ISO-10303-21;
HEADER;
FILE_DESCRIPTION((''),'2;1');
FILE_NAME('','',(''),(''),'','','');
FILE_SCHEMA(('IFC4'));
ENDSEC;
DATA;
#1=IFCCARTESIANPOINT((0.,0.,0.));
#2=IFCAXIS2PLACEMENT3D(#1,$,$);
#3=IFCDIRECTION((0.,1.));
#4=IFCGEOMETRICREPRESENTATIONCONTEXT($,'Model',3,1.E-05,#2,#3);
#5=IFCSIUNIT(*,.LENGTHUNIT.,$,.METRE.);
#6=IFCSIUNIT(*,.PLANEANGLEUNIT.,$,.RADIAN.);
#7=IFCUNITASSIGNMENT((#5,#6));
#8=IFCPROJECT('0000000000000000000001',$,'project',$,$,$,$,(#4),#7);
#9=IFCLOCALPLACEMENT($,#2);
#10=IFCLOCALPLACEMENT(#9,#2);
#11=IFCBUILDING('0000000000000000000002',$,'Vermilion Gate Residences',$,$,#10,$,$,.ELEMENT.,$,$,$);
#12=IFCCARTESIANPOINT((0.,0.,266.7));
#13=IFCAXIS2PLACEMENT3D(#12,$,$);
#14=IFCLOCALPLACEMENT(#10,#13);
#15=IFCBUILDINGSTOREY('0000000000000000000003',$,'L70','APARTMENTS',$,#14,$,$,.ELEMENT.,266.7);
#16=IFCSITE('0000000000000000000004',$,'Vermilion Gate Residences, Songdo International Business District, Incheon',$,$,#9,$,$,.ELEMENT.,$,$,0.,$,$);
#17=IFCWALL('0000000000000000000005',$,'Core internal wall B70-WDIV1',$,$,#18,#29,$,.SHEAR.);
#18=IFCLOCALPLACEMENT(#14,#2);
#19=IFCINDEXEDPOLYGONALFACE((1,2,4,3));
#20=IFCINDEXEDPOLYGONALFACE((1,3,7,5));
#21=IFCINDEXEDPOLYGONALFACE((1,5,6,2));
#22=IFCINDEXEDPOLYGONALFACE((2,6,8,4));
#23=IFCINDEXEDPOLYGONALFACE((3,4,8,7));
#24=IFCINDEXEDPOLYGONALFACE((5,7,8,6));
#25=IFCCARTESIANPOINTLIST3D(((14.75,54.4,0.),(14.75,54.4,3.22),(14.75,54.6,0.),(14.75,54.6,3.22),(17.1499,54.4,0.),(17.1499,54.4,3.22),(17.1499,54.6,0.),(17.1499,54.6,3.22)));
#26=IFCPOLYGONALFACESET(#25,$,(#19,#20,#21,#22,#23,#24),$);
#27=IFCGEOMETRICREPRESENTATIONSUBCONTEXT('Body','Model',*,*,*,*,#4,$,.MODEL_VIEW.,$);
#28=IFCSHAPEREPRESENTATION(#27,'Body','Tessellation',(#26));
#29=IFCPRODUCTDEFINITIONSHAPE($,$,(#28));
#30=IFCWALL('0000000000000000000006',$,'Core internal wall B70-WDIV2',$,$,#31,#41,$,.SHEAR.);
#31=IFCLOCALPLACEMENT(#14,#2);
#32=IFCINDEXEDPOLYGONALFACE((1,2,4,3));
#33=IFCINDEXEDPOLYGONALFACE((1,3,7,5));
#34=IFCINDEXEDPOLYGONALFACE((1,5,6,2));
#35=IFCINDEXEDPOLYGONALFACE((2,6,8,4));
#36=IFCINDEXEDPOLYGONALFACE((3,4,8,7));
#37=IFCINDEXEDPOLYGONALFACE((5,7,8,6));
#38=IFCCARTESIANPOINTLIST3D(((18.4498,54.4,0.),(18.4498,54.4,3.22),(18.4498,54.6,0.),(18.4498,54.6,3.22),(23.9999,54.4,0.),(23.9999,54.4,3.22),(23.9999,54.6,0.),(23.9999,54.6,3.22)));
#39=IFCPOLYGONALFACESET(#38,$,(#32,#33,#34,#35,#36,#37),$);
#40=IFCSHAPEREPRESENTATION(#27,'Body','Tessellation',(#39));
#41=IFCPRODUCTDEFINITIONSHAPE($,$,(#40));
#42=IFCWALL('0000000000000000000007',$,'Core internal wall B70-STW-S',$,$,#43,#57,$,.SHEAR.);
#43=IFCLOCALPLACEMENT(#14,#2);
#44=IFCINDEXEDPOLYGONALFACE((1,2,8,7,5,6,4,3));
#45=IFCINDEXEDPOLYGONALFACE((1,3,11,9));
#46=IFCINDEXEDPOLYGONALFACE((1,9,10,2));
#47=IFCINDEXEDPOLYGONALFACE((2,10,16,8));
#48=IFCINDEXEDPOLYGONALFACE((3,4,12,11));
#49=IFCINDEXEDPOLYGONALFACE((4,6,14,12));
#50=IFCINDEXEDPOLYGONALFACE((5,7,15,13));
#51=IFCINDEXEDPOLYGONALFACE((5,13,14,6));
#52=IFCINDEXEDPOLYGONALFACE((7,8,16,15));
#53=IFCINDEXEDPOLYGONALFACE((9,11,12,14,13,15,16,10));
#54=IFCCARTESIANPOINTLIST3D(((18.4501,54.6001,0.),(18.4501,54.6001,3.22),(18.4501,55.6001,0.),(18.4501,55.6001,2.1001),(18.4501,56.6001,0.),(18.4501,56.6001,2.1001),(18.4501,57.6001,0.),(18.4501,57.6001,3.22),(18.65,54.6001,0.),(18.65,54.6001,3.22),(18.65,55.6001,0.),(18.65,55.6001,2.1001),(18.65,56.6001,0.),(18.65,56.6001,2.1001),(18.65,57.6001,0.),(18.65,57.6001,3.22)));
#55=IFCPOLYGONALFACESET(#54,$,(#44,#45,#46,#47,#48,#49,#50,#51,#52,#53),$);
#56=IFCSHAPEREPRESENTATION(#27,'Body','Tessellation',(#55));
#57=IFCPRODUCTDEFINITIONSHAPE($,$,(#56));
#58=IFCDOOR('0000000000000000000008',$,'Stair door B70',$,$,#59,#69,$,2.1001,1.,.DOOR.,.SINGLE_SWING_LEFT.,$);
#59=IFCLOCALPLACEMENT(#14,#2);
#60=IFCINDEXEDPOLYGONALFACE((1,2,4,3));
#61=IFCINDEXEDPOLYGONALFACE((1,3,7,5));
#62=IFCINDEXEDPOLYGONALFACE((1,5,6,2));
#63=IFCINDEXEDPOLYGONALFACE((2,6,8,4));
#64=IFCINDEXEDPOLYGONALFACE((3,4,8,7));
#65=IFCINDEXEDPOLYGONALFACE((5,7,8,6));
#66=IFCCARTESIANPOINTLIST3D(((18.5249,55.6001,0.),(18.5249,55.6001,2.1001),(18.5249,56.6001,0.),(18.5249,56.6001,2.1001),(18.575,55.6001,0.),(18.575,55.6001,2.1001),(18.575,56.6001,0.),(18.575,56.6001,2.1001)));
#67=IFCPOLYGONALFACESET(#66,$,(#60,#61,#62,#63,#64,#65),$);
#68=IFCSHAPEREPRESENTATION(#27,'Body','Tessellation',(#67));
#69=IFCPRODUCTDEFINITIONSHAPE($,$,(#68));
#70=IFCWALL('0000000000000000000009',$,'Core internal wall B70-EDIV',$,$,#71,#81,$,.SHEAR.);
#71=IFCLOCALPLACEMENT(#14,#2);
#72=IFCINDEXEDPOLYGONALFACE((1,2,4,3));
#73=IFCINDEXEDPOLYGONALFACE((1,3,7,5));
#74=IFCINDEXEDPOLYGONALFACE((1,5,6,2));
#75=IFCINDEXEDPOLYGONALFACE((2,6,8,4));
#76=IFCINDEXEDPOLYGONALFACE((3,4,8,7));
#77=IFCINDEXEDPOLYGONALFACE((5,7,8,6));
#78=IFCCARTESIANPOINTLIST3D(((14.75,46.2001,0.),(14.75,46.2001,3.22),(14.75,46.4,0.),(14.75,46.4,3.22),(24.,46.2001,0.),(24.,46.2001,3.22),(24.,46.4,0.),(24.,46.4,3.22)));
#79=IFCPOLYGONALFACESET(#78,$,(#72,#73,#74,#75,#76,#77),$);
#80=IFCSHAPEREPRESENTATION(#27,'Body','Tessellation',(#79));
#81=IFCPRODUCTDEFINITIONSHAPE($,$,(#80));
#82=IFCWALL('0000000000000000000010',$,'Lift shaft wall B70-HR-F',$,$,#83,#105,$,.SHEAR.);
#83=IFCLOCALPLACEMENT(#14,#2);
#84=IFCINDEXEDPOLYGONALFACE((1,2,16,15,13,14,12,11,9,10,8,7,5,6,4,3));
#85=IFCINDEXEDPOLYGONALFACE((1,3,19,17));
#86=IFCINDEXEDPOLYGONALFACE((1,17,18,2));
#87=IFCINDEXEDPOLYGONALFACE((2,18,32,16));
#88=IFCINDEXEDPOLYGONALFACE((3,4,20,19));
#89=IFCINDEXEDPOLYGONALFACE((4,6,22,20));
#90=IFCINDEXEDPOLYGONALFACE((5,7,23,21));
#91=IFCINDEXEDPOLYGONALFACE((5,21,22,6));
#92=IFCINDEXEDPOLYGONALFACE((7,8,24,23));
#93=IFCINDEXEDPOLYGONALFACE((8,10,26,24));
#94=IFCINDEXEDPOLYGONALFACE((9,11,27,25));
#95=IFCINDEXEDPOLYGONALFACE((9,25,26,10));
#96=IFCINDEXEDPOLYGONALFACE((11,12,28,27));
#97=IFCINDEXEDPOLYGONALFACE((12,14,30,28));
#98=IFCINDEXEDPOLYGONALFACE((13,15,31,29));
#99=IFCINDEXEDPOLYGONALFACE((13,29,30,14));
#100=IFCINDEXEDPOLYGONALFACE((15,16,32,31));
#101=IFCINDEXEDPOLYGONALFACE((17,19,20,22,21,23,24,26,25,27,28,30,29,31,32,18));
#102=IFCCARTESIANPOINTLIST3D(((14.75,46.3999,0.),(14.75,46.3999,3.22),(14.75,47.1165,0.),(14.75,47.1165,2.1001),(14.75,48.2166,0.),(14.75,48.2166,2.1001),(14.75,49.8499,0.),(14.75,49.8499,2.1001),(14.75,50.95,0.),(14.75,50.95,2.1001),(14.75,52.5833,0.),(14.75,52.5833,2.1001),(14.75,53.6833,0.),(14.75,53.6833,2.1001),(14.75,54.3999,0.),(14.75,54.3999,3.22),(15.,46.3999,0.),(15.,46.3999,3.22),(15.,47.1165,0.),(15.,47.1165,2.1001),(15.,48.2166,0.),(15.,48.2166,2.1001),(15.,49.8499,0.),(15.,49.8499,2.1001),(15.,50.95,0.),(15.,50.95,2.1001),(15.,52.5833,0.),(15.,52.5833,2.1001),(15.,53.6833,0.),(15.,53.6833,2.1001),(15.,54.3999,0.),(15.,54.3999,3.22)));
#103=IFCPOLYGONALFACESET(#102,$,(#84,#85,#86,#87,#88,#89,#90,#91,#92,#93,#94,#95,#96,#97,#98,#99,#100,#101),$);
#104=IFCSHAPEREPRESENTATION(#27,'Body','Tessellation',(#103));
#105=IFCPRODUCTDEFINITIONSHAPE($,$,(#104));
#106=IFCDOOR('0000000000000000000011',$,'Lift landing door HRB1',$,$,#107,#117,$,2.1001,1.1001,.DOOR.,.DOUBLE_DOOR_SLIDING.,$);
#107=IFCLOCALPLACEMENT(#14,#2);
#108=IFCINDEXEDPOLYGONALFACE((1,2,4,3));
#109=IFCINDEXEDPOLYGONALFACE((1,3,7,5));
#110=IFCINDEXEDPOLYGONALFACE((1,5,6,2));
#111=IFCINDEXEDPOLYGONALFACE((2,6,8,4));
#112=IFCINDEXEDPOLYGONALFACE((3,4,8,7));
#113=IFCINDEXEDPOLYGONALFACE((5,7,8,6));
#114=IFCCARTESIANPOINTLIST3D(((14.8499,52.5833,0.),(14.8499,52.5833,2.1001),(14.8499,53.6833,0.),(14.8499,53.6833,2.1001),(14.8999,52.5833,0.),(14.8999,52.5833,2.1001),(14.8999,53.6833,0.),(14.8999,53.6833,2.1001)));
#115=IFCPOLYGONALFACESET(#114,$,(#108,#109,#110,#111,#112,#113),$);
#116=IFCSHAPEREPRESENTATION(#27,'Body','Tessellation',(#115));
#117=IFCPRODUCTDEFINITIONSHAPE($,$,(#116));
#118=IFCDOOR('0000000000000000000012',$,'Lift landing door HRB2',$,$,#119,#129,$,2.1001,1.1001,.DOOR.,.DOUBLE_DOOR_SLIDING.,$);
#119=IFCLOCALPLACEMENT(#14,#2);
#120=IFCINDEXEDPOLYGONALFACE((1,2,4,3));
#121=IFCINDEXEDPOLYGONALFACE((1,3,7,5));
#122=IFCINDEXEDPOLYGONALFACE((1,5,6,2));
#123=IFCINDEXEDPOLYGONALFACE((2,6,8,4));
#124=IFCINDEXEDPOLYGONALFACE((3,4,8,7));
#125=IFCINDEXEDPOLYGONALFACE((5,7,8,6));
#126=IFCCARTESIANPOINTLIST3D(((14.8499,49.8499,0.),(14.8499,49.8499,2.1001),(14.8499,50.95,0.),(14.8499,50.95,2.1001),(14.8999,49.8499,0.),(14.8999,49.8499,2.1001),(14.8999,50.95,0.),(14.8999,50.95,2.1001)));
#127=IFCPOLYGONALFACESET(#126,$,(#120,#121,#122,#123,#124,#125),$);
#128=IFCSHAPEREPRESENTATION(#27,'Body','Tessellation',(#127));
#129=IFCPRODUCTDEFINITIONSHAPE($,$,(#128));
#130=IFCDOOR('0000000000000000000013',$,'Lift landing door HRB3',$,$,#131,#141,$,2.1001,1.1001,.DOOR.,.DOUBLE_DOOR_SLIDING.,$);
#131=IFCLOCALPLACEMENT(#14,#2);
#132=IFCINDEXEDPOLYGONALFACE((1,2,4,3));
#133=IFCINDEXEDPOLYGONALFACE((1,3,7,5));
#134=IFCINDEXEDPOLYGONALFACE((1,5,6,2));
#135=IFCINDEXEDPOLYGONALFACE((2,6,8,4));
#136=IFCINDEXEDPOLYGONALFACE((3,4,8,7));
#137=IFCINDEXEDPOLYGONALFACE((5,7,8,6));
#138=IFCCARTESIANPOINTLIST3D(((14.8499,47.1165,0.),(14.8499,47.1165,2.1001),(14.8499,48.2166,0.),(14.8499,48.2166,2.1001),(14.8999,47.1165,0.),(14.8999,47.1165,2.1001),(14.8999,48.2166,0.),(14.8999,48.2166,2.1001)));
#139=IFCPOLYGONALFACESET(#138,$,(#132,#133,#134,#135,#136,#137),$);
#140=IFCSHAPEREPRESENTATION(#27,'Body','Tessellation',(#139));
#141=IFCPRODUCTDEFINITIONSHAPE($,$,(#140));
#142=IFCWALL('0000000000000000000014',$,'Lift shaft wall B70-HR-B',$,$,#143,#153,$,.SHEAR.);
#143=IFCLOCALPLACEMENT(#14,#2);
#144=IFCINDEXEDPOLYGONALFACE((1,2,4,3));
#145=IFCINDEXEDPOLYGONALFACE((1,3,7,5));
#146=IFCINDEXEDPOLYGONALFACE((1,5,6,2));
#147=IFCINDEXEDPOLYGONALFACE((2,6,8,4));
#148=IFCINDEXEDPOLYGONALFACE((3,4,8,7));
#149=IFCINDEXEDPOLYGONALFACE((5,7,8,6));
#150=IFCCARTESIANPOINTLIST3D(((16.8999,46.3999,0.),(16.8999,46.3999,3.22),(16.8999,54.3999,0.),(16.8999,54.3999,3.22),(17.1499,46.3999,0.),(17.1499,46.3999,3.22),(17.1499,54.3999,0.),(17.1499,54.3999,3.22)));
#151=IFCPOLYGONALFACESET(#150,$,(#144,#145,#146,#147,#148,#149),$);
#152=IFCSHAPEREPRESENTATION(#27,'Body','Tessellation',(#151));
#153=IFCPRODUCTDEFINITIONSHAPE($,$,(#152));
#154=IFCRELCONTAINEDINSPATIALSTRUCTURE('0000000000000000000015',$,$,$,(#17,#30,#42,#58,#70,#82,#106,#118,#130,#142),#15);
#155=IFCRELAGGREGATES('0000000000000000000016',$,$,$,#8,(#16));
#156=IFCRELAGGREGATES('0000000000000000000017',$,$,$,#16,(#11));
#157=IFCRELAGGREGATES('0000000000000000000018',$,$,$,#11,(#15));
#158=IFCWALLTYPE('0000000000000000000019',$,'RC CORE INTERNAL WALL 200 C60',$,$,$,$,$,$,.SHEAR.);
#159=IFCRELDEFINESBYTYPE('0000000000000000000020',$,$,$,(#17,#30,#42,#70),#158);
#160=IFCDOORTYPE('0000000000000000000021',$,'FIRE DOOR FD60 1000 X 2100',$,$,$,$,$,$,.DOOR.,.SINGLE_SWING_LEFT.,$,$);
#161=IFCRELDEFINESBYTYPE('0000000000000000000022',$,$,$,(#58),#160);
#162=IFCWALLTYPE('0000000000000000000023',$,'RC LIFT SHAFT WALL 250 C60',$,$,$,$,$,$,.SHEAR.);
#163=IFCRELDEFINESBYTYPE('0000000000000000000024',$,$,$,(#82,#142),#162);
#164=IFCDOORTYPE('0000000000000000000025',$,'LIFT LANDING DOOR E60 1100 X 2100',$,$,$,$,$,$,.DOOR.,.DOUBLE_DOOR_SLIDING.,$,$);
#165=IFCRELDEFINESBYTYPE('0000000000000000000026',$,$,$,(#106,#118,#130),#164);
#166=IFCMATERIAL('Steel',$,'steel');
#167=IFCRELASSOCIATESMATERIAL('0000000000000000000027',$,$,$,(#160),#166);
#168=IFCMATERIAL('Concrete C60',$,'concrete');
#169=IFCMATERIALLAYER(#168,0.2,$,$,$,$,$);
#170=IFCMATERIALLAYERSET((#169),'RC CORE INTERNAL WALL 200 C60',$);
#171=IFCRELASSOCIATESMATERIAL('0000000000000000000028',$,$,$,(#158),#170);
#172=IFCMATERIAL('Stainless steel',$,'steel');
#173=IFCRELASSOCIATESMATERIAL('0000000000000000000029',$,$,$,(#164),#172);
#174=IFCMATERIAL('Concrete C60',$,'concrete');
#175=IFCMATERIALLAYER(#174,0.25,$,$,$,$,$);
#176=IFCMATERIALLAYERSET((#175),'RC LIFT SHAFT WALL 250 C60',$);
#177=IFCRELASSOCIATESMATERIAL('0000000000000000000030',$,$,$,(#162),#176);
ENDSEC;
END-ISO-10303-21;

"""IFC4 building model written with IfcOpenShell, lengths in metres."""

from ifc_helpers import new_model, si_unit, direction, frame, frame_2d, origin, place, context, subcontext, project, spatial, rectangle, extrude, material, layer, layer_set, type_object, element, fill, save


model = new_model("IFC4")

# Units and contexts
model_context = context("Model", 3, precision=1e-05, world=origin(), true_north=direction((0.0, 1.0)))
body_context = subcontext(model_context, "Body", "Model", "MODEL_VIEW")
ifc_project = project(units=[si_unit("LENGTHUNIT", "METRE"), si_unit("PLANEANGLEUNIT", "RADIAN")], contexts=[model_context])

# Site, building, storey
site_placement = place(None, origin())
site = spatial("IfcSite", under=ifc_project, at=site_placement, Name="Vermilion Gate Residences, Songdo International Business District, Incheon", CompositionType="ELEMENT", RefElevation=0.0)
building_placement = place(site_placement, origin())
building = spatial("IfcBuilding", under=site, at=building_placement, Name="Vermilion Gate Residences", CompositionType="ELEMENT")
storey_placement = place(building_placement, frame((0.0, 0.0, 266.7)))
storey = spatial("IfcBuildingStorey", under=building, at=storey_placement, Name="L70", Description="APARTMENTS", CompositionType="ELEMENT", Elevation=266.7)

# Shared definitions
ifc_material_1 = material(Name="Steel", Category="steel")
door_type_1 = type_object("IfcDoorType", Name="FIRE DOOR FD60 1000 X 2100", OperationType="SINGLE_SWING_LEFT", PredefinedType="DOOR", material=ifc_material_1)

# Shared definitions
ifc_material_2 = material(Name="Concrete C60", Category="concrete")
ifc_layer_1 = layer(ifc_material_2, 0.2)
ifc_layer_set_1 = layer_set([ifc_layer_1], Name="RC CORE INTERNAL WALL 200 C60")
wall_type_1 = type_object("IfcWallType", Name="RC CORE INTERNAL WALL 200 C60", PredefinedType="SHEAR", material=ifc_layer_set_1)

# Shared definitions
ifc_material_3 = material(Name="Stainless steel", Category="steel")
door_type_2 = type_object("IfcDoorType", Name="LIFT LANDING DOOR E60 1100 X 2100", OperationType="DOUBLE_DOOR_SLIDING", PredefinedType="DOOR", material=ifc_material_3)

# Walls
wall_1_placement = place(storey_placement, frame((14.75, 54.5, 0.0), z_axis=(0.0, 0.0, 1.0), x_axis=(1.0, 0.0, 0.0)))
element("IfcWall", 1, at=wall_1_placement, inside=storey, type_object=wall_type_1, Name="Core internal wall B70-WDIV1", PredefinedType="SHEAR", context=body_context, shape_type="SweptSolid", body=[
    extrude(rectangle(XDim=2.3999, YDim=0.2, at=frame_2d((1.2, 0.0))), origin(), (0.0, 0.0, 1.0), 3.22),
])
wall_2_placement = place(storey_placement, frame((18.45, 54.5, 0.0), z_axis=(0.0, 0.0, 1.0), x_axis=(1.0, 0.0, 0.0)))
element("IfcWall", 2, at=wall_2_placement, inside=storey, type_object=wall_type_1, Name="Core internal wall B70-WDIV2", PredefinedType="SHEAR", context=body_context, shape_type="SweptSolid", body=[
    extrude(rectangle(XDim=5.55, YDim=0.2, at=frame_2d((2.7749, 0.0))), origin(), (0.0, 0.0, 1.0), 3.22),
])

# Wall, opening, door
wall_3_placement = place(storey_placement, frame((18.55, 57.6001, 0.0), z_axis=(0.0, 0.0, 1.0), x_axis=(0.0, -1.0, 0.0)))
wall_3 = element("IfcWall", 3, at=wall_3_placement, inside=storey, type_object=wall_type_1, Name="Core internal wall B70-STW-S", PredefinedType="SHEAR", context=body_context, shape_type="SweptSolid", body=[
    extrude(rectangle(XDim=3.0, YDim=0.2, at=frame_2d((1.5, 0.0))), origin(), (0.0, 0.0, 1.0), 3.22),
])
opening_1_placement = place(wall_3_placement, frame((1.0, 0.0, 0.0)))
opening_1 = element("IfcOpeningElement", 4, at=opening_1_placement, cuts=wall_3, PredefinedType="OPENING", context=body_context, shape_type="SweptSolid", body=[
    extrude(rectangle(XDim=1.0, YDim=2.1001, at=frame_2d((0.5, 1.05))), frame((0.0, 0.1099, 0.0), z_axis=(0.0, -1.0, 0.0), x_axis=(1.0, 0.0, 0.0)), (0.0, 0.0, 1.0), 0.22),
])
door_1_placement = place(opening_1_placement, origin())
door_1 = element("IfcDoor", 5, at=door_1_placement, inside=storey, type_object=door_type_1, Name="Stair door B70", OperationType="SINGLE_SWING_LEFT", OverallHeight=2.1001, OverallWidth=1.0, PredefinedType="DOOR", context=body_context, shape_type="SweptSolid", body=[
    extrude(rectangle(XDim=1.0, YDim=2.1001, at=frame_2d((0.5, 1.05))), frame((0.0, 0.0249, 0.0), z_axis=(0.0, -1.0, 0.0), x_axis=(1.0, 0.0, 0.0)), (0.0, 0.0, 1.0), 0.05),
])
fill(opening_1, door_1)

# Wall
wall_4_placement = place(storey_placement, frame((14.75, 46.3, 0.0), z_axis=(0.0, 0.0, 1.0), x_axis=(1.0, 0.0, 0.0)))
element("IfcWall", 6, at=wall_4_placement, inside=storey, type_object=wall_type_1, Name="Core internal wall B70-EDIV", PredefinedType="SHEAR", context=body_context, shape_type="SweptSolid", body=[
    extrude(rectangle(XDim=9.25, YDim=0.2, at=frame_2d((4.625, 0.0))), origin(), (0.0, 0.0, 1.0), 3.22),
])

# Wall, openings, doors
ifc_material_4 = material(Name="Concrete C60", Category="concrete")
ifc_layer_2 = layer(ifc_material_4, 0.25)
ifc_layer_set_2 = layer_set([ifc_layer_2], Name="RC LIFT SHAFT WALL 250 C60")
wall_type_2 = type_object("IfcWallType", Name="RC LIFT SHAFT WALL 250 C60", PredefinedType="SHEAR", material=ifc_layer_set_2)
wall_5_placement = place(storey_placement, frame((14.875, 54.3999, 0.0), z_axis=(0.0, 0.0, 1.0), x_axis=(0.0, -1.0, 0.0)))
wall_5 = element("IfcWall", 7, at=wall_5_placement, inside=storey, type_object=wall_type_2, Name="Lift shaft wall B70-HR-F", PredefinedType="SHEAR", context=body_context, shape_type="SweptSolid", body=[
    extrude(rectangle(XDim=8.0, YDim=0.25, at=frame_2d((4.0, 0.0))), origin(), (0.0, 0.0, 1.0), 3.22),
])
opening_2_placement = place(wall_5_placement, frame((0.7166, 0.0, 0.0)))
opening_2 = element("IfcOpeningElement", 8, at=opening_2_placement, cuts=wall_5, PredefinedType="OPENING", context=body_context, shape_type="SweptSolid", body=[
    extrude(rectangle(XDim=1.1001, YDim=2.1001, at=frame_2d((0.55, 1.05))), frame((0.0, 0.135, 0.0), z_axis=(0.0, -1.0, 0.0), x_axis=(1.0, 0.0, 0.0)), (0.0, 0.0, 1.0), 0.27),
])
opening_3_placement = place(wall_5_placement, frame((3.45, 0.0, 0.0)))
opening_3 = element("IfcOpeningElement", 9, at=opening_3_placement, cuts=wall_5, PredefinedType="OPENING", context=body_context, shape_type="SweptSolid", body=[
    extrude(rectangle(XDim=1.1001, YDim=2.1001, at=frame_2d((0.55, 1.05))), frame((0.0, 0.135, 0.0), z_axis=(0.0, -1.0, 0.0), x_axis=(1.0, 0.0, 0.0)), (0.0, 0.0, 1.0), 0.27),
])
opening_4_placement = place(wall_5_placement, frame((6.1833, 0.0, 0.0)))
opening_4 = element("IfcOpeningElement", 10, at=opening_4_placement, cuts=wall_5, PredefinedType="OPENING", context=body_context, shape_type="SweptSolid", body=[
    extrude(rectangle(XDim=1.1001, YDim=2.1001, at=frame_2d((0.55, 1.05))), frame((0.0, 0.135, 0.0), z_axis=(0.0, -1.0, 0.0), x_axis=(1.0, 0.0, 0.0)), (0.0, 0.0, 1.0), 0.27),
])
door_2_placement = place(opening_2_placement, origin())
door_2 = element("IfcDoor", 11, at=door_2_placement, inside=storey, type_object=door_type_2, Name="Lift landing door HRB1", OperationType="DOUBLE_DOOR_SLIDING", OverallHeight=2.1001, OverallWidth=1.1001, PredefinedType="DOOR", context=body_context, shape_type="SweptSolid", body=[
    extrude(rectangle(XDim=1.1001, YDim=2.1001, at=frame_2d((0.55, 1.05))), frame((0.0, 0.0249, 0.0), z_axis=(0.0, -1.0, 0.0), x_axis=(1.0, 0.0, 0.0)), (0.0, 0.0, 1.0), 0.05),
])
fill(opening_2, door_2)
door_3_placement = place(opening_3_placement, origin())
door_3 = element("IfcDoor", 12, at=door_3_placement, inside=storey, type_object=door_type_2, Name="Lift landing door HRB2", OperationType="DOUBLE_DOOR_SLIDING", OverallHeight=2.1001, OverallWidth=1.1001, PredefinedType="DOOR", context=body_context, shape_type="SweptSolid", body=[
    extrude(rectangle(XDim=1.1001, YDim=2.1001, at=frame_2d((0.55, 1.05))), frame((0.0, 0.0249, 0.0), z_axis=(0.0, -1.0, 0.0), x_axis=(1.0, 0.0, 0.0)), (0.0, 0.0, 1.0), 0.05),
])
fill(opening_3, door_3)
door_4_placement = place(opening_4_placement, origin())
door_4 = element("IfcDoor", 13, at=door_4_placement, inside=storey, type_object=door_type_2, Name="Lift landing door HRB3", OperationType="DOUBLE_DOOR_SLIDING", OverallHeight=2.1001, OverallWidth=1.1001, PredefinedType="DOOR", context=body_context, shape_type="SweptSolid", body=[
    extrude(rectangle(XDim=1.1001, YDim=2.1001, at=frame_2d((0.55, 1.05))), frame((0.0, 0.0249, 0.0), z_axis=(0.0, -1.0, 0.0), x_axis=(1.0, 0.0, 0.0)), (0.0, 0.0, 1.0), 0.05),
])
fill(opening_4, door_4)

# Wall
wall_6_placement = place(storey_placement, frame((17.0249, 54.3999, 0.0), z_axis=(0.0, 0.0, 1.0), x_axis=(0.0, -1.0, 0.0)))
element("IfcWall", 14, at=wall_6_placement, inside=storey, type_object=wall_type_2, Name="Lift shaft wall B70-HR-B", PredefinedType="SHEAR", context=body_context, shape_type="SweptSolid", body=[
    extrude(rectangle(XDim=8.0, YDim=0.25, at=frame_2d((4.0, 0.0))), origin(), (0.0, 0.0, 1.0), 3.22),
])

save(model, "model.ifc")
